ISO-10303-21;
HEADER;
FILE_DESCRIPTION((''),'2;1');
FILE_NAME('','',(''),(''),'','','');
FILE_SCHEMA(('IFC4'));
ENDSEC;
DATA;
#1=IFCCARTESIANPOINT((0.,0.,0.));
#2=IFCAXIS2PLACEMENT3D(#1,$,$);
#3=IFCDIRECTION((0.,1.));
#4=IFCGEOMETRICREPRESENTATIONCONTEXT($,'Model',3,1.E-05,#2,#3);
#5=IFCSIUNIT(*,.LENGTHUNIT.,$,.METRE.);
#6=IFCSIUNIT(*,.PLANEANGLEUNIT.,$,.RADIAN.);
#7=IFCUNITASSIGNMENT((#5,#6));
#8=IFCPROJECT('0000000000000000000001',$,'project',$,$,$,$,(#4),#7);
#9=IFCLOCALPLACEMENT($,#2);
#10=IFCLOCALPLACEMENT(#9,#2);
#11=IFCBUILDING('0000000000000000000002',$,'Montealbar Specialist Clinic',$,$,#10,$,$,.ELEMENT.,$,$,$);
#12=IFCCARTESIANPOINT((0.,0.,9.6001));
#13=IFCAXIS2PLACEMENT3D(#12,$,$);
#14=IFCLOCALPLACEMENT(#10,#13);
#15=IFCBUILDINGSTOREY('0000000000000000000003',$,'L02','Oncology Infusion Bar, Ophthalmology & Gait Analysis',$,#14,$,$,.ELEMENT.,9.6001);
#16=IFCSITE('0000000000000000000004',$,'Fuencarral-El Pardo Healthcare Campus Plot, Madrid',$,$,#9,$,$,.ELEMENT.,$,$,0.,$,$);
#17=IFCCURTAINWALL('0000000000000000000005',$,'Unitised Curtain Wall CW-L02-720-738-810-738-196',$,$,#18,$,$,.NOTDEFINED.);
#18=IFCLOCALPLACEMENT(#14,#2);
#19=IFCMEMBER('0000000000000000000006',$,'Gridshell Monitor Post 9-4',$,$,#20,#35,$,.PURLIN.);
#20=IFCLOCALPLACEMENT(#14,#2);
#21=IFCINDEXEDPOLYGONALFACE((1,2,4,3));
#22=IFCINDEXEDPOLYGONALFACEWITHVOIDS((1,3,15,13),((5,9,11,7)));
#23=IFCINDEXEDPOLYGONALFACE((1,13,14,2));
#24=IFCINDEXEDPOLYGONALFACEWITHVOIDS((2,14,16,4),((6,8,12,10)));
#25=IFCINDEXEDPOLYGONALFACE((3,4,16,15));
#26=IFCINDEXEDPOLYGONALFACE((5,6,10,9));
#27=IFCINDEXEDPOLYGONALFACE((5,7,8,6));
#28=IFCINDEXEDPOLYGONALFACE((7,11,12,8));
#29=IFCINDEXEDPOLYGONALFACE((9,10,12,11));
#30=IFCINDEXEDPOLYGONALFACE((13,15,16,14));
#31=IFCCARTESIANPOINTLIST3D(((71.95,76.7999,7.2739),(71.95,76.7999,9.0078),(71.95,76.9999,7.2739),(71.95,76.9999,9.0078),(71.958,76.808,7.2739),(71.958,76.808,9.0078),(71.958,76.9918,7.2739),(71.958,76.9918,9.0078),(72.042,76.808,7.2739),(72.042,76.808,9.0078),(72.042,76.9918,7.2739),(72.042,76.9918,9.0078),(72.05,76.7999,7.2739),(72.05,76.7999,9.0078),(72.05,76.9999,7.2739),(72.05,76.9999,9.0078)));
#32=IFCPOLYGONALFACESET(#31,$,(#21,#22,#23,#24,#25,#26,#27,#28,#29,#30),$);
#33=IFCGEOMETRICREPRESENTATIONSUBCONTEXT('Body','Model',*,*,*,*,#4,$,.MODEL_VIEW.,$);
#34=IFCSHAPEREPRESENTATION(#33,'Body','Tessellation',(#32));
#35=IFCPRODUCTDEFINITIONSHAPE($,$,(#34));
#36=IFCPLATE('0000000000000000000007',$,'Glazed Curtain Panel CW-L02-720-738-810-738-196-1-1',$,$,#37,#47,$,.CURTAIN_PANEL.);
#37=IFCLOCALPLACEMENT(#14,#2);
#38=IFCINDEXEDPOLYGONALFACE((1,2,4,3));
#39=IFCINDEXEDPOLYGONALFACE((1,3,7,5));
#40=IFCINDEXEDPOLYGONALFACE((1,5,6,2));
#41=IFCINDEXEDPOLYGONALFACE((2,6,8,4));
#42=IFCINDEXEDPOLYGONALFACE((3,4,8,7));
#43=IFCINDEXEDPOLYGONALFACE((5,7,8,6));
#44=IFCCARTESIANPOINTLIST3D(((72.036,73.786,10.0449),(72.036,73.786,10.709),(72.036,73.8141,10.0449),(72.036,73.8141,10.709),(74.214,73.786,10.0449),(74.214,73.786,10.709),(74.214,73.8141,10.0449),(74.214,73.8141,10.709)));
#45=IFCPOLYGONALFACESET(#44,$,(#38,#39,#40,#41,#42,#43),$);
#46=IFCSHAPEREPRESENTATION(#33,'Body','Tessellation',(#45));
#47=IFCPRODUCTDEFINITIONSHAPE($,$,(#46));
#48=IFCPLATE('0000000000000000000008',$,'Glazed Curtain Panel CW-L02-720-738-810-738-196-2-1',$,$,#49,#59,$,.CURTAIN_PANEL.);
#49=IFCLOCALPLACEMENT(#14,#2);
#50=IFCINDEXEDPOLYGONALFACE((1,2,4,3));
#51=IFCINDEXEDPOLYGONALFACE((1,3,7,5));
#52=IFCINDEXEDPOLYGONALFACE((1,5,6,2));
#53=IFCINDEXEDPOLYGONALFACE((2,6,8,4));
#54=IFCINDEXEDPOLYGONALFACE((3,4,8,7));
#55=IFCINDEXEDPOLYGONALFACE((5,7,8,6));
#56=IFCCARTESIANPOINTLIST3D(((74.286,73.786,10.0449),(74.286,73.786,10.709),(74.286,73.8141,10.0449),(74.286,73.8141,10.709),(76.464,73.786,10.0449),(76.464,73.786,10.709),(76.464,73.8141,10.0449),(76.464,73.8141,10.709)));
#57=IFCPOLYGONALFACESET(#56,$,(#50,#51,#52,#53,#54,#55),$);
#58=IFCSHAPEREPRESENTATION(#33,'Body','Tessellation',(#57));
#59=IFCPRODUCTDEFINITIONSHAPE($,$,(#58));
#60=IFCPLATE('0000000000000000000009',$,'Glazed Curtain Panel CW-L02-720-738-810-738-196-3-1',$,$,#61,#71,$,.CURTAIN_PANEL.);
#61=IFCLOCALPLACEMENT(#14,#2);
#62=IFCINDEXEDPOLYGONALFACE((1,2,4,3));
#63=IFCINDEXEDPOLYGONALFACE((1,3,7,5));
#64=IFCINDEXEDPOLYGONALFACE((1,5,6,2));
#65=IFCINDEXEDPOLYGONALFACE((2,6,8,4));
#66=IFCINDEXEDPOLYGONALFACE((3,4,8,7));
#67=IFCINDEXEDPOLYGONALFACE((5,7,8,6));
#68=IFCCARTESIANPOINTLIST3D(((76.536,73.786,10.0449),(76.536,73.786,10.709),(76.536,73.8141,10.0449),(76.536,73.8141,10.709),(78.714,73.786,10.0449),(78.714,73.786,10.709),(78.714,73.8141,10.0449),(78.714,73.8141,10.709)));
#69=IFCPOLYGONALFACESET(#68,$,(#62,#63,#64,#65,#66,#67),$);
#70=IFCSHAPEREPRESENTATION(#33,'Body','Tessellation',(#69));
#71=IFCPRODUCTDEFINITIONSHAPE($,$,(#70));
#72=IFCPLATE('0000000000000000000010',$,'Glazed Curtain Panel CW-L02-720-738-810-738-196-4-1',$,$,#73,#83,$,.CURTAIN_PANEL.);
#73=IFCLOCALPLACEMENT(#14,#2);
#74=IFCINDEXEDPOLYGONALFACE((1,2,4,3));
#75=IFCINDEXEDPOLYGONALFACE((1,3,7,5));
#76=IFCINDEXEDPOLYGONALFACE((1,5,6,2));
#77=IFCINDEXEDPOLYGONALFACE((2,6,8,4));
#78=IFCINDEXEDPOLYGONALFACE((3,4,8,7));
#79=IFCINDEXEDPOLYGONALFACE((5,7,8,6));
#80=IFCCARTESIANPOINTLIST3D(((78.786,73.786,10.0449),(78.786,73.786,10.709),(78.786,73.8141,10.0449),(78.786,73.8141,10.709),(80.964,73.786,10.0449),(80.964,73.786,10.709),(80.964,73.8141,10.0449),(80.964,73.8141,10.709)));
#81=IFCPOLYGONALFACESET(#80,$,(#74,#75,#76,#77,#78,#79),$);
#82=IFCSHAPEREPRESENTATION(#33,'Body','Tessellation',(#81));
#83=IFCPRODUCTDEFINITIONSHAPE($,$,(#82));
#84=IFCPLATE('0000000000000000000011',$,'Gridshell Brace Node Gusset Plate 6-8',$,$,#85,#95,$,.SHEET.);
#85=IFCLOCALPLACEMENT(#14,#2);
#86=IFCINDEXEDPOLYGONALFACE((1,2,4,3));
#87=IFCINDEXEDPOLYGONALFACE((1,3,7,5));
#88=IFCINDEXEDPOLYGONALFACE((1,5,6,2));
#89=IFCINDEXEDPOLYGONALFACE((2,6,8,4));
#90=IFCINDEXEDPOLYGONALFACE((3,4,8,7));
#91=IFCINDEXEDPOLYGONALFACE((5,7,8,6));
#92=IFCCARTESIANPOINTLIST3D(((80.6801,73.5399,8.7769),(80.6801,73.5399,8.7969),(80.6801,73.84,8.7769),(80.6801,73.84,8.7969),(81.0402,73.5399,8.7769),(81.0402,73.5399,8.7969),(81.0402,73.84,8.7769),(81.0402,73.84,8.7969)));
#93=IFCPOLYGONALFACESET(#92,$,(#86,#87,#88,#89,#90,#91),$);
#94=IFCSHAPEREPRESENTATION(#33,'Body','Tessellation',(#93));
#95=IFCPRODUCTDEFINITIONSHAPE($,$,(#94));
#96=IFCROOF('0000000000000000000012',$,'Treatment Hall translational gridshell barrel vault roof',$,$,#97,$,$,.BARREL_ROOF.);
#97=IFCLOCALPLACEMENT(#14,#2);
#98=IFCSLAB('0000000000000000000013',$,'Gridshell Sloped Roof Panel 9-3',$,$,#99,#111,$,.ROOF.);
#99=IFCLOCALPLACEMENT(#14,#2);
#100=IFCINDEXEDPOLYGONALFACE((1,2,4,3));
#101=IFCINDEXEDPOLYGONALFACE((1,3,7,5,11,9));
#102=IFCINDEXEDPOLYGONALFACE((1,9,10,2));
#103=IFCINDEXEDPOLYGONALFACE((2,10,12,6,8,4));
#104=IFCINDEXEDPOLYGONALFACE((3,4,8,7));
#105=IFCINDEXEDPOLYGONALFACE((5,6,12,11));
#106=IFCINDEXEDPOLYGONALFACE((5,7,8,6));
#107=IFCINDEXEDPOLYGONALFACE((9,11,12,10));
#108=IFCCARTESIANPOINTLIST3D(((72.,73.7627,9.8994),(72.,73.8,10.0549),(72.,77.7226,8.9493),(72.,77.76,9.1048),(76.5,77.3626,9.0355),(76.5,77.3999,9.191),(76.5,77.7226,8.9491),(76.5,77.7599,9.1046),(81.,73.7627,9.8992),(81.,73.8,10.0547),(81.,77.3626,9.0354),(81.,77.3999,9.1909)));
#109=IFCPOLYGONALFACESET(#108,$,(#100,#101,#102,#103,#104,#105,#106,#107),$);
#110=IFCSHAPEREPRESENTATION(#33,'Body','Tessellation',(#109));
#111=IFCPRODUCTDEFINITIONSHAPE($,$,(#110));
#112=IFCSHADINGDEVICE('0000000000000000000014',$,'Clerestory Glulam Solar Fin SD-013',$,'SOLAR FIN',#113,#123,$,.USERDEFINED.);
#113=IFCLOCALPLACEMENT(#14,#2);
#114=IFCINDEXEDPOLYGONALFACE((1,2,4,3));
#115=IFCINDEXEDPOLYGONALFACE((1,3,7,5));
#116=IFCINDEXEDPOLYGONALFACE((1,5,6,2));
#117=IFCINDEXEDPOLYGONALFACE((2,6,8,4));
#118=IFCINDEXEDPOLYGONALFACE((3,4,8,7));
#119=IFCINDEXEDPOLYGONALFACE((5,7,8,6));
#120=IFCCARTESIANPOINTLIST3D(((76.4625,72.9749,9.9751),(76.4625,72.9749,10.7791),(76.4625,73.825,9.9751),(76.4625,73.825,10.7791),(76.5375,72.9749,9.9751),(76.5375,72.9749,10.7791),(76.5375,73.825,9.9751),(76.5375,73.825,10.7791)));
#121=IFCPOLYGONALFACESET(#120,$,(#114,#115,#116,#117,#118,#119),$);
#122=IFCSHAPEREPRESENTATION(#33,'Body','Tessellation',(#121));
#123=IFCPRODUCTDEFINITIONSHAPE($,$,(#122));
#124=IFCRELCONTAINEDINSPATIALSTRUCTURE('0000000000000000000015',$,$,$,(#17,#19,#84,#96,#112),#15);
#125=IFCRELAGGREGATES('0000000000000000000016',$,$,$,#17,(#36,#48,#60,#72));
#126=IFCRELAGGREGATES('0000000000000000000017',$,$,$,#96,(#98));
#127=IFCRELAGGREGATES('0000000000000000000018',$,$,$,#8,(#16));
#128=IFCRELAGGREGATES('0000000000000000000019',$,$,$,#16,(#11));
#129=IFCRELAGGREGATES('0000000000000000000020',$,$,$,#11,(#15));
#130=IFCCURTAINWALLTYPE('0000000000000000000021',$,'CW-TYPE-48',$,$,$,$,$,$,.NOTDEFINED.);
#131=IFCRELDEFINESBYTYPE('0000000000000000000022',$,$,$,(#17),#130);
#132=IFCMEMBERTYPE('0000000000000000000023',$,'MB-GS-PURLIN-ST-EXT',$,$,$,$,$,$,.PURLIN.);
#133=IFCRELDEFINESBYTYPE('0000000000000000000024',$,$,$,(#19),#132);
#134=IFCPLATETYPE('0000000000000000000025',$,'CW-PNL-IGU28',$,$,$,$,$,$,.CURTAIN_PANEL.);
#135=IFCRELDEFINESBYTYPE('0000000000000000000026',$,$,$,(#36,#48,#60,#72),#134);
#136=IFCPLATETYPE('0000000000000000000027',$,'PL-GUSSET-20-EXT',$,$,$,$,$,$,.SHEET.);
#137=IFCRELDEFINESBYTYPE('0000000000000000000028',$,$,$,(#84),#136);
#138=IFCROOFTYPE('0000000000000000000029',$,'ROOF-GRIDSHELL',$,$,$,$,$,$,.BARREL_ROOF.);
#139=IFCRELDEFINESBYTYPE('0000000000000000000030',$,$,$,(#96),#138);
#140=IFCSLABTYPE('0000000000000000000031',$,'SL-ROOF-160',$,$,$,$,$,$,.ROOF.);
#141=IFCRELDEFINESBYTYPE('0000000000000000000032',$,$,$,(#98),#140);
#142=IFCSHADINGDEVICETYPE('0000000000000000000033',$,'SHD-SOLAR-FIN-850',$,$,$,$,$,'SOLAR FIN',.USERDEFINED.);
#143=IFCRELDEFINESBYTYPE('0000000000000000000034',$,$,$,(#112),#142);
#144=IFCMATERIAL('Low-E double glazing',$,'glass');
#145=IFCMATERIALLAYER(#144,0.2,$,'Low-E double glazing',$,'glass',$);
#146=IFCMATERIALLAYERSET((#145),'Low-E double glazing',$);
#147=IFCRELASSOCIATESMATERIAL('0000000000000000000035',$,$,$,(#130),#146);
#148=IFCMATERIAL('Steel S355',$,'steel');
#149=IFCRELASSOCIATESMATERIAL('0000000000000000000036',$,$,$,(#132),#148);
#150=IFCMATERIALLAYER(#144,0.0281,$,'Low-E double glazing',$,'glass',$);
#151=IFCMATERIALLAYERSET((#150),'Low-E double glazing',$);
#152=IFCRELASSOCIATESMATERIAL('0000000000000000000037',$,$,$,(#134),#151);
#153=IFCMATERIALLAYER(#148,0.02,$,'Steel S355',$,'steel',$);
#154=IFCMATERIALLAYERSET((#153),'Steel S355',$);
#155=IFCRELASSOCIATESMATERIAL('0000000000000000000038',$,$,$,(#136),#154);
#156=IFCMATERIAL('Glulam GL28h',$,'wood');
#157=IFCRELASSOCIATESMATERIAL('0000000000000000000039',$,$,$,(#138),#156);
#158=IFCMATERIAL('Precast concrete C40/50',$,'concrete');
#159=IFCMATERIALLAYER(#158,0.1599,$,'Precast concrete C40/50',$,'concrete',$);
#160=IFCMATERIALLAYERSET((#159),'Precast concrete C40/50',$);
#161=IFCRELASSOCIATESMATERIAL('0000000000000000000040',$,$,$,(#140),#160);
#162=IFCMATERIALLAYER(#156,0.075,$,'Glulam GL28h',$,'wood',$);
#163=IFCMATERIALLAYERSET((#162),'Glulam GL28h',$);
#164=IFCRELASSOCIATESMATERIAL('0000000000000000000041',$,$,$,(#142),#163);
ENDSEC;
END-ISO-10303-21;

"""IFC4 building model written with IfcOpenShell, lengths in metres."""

from ifc_helpers import new_model, si_unit, direction, frame, origin, origin_2d, place, context, subcontext, project, spatial, polyline, rectangle, hollow_rectangle, outline, extrude, material, layer, layer_set, material_profile, profile_set, type_object, element, aggregate, save


model = new_model("IFC4")

# Units and contexts
model_context = context("Model", 3, precision=1e-05, world=origin(), true_north=direction((0.0, 1.0)))
body_context = subcontext(model_context, "Body", "Model", "MODEL_VIEW")
ifc_project = project(units=[si_unit("LENGTHUNIT", "METRE"), si_unit("PLANEANGLEUNIT", "RADIAN")], contexts=[model_context])

# Site, building, storey
site_placement = place(None, origin())
site = spatial("IfcSite", under=ifc_project, at=site_placement, Name="Fuencarral-El Pardo Healthcare Campus Plot, Madrid", CompositionType="ELEMENT", RefElevation=0.0)
building_placement = place(site_placement, origin())
building = spatial("IfcBuilding", under=site, at=building_placement, Name="Montealbar Specialist Clinic", CompositionType="ELEMENT")
storey_placement = place(building_placement, frame((0.0, 0.0, 9.6001)))
storey = spatial("IfcBuildingStorey", under=building, at=storey_placement, Name="L02", Description="Oncology Infusion Bar, Ophthalmology & Gait Analysis", CompositionType="ELEMENT", Elevation=9.6001)

# Shared definitions
ifc_material_1 = material(Name="Steel S355", Category="steel")
ifc_material_2 = material(Name="Glulam GL28h", Category="wood")

# Curtain wall
ifc_material_3 = material(Name="Low-E double glazing", Category="glass")
ifc_layer_1 = layer(ifc_material_3, 0.2, Name="Low-E double glazing", Category="glass")
ifc_layer_set_1 = layer_set([ifc_layer_1], Name="Low-E double glazing")
curtain_wall_type = type_object("IfcCurtainWallType", Name="CW-TYPE-48", PredefinedType="NOTDEFINED", material=ifc_layer_set_1)
curtain_wall_placement = place(storey_placement, origin())
curtain_wall = element("IfcCurtainWall", 1, at=curtain_wall_placement, inside=storey, type_object=curtain_wall_type, Name="Unitised Curtain Wall CW-L02-720-738-810-738-196", PredefinedType="NOTDEFINED")

# Member
ifc_material_profile_1 = material_profile(ifc_material_1, hollow_rectangle(XDim=0.1001, YDim=0.2, WallThickness=0.0081, at=origin_2d()), Name="RHS 200x100x8", Category="steel")
ifc_profile_set_1 = profile_set([ifc_material_profile_1], Name="Steel S355")
member_type_1 = type_object("IfcMemberType", Name="MB-GS-PURLIN-ST-EXT", PredefinedType="PURLIN", material=ifc_profile_set_1)
member_1_placement = place(storey_placement, frame((72.0, 76.8999, 7.2739), z_axis=(0.0, 0.0, 1.0), x_axis=(1.0, 0.0, 0.0)))
element("IfcMember", 2, at=member_1_placement, inside=storey, type_object=member_type_1, Name="Gridshell Monitor Post 9-4", PredefinedType="PURLIN", context=body_context, shape_type="SweptSolid", body=[
    extrude(hollow_rectangle(XDim=0.1001, YDim=0.2, WallThickness=0.0081, at=origin_2d()), origin(), (0.0, 0.0, 1.0), 1.7339),
])

# Plates
ifc_layer_2 = layer(ifc_material_3, 0.0281, Name="Low-E double glazing", Category="glass")
ifc_layer_set_2 = layer_set([ifc_layer_2], Name="Low-E double glazing")
plate_type_1 = type_object("IfcPlateType", Name="CW-PNL-IGU28", PredefinedType="CURTAIN_PANEL", material=ifc_layer_set_2)
plate_1_placement = place(storey_placement, frame((73.125, 73.8, 10.0449), z_axis=(0.0, 0.0, 1.0), x_axis=(1.0, 0.0, 0.0)))
plate_1 = element("IfcPlate", 3, at=plate_1_placement, type_object=plate_type_1, Name="Glazed Curtain Panel CW-L02-720-738-810-738-196-1-1", PredefinedType="CURTAIN_PANEL", context=body_context, shape_type="SweptSolid", body=[
    extrude(rectangle(XDim=2.178, YDim=0.0281, at=origin_2d()), origin(), (0.0, 0.0, 1.0), 0.6641),
])
plate_2_placement = place(storey_placement, frame((75.375, 73.8, 10.0449), z_axis=(0.0, 0.0, 1.0), x_axis=(1.0, 0.0, 0.0)))
plate_2 = element("IfcPlate", 4, at=plate_2_placement, type_object=plate_type_1, Name="Glazed Curtain Panel CW-L02-720-738-810-738-196-2-1", PredefinedType="CURTAIN_PANEL", context=body_context, shape_type="SweptSolid", body=[
    extrude(rectangle(XDim=2.178, YDim=0.0281, at=origin_2d()), origin(), (0.0, 0.0, 1.0), 0.6641),
])
plate_3_placement = place(storey_placement, frame((77.625, 73.8, 10.0449), z_axis=(0.0, 0.0, 1.0), x_axis=(1.0, 0.0, 0.0)))
plate_3 = element("IfcPlate", 5, at=plate_3_placement, type_object=plate_type_1, Name="Glazed Curtain Panel CW-L02-720-738-810-738-196-3-1", PredefinedType="CURTAIN_PANEL", context=body_context, shape_type="SweptSolid", body=[
    extrude(rectangle(XDim=2.178, YDim=0.0281, at=origin_2d()), origin(), (0.0, 0.0, 1.0), 0.6641),
])
plate_4_placement = place(storey_placement, frame((79.875, 73.8, 10.0449), z_axis=(0.0, 0.0, 1.0), x_axis=(1.0, 0.0, 0.0)))
plate_4 = element("IfcPlate", 6, at=plate_4_placement, type_object=plate_type_1, Name="Glazed Curtain Panel CW-L02-720-738-810-738-196-4-1", PredefinedType="CURTAIN_PANEL", context=body_context, shape_type="SweptSolid", body=[
    extrude(rectangle(XDim=2.178, YDim=0.0281, at=origin_2d()), origin(), (0.0, 0.0, 1.0), 0.6641),
])
aggregate(curtain_wall, [plate_1, plate_2, plate_3, plate_4])
ifc_layer_3 = layer(ifc_material_1, 0.02, Name="Steel S355", Category="steel")
ifc_layer_set_3 = layer_set([ifc_layer_3], Name="Steel S355")
plate_type_2 = type_object("IfcPlateType", Name="PL-GUSSET-20-EXT", PredefinedType="SHEET", material=ifc_layer_set_3)
plate_5_placement = place(storey_placement, frame((80.8601, 73.6899, 8.7769), z_axis=(0.0, 0.0, 1.0), x_axis=(1.0, 0.0, 0.0)))
element("IfcPlate", 7, at=plate_5_placement, inside=storey, type_object=plate_type_2, Name="Gridshell Brace Node Gusset Plate 6-8", PredefinedType="SHEET", context=body_context, shape_type="SweptSolid", body=[
    extrude(rectangle(XDim=0.3601, YDim=0.3, at=origin_2d()), origin(), (0.0, 0.0, 1.0), 0.02),
])

# Roof, slab
roof_type = type_object("IfcRoofType", Name="ROOF-GRIDSHELL", PredefinedType="BARREL_ROOF", material=ifc_material_2)
roof_placement = place(storey_placement, origin())
roof = element("IfcRoof", 8, at=roof_placement, inside=storey, type_object=roof_type, Name="Treatment Hall translational gridshell barrel vault roof", PredefinedType="BARREL_ROOF")
ifc_material_4 = material(Name="Precast concrete C40/50", Category="concrete")
ifc_layer_4 = layer(ifc_material_4, 0.1599, Name="Precast concrete C40/50", Category="concrete")
ifc_layer_set_4 = layer_set([ifc_layer_4], Name="Precast concrete C40/50")
slab_type = type_object("IfcSlabType", Name="SL-ROOF-160", PredefinedType="ROOF", material=ifc_layer_set_4)
slab_placement = place(storey_placement, frame((72.0, 73.8, 10.0549), z_axis=(0.000025, 0.233325, 0.972399), x_axis=(1.0, -0.000006, -0.000025)))
slab = element("IfcSlab", 9, at=slab_placement, type_object=slab_type, Name="Gridshell Sloped Roof Panel 9-3", PredefinedType="ROOF", context=body_context, shape_type="SweptSolid", body=[
    extrude(outline(polyline([(0.0, 0.0), (9.0, 0.0), (9.0, 3.7021), (4.5, 3.7021), (4.5, 4.0723), (0.0, 4.0723), (0.0, 0.0)])), origin(), (0.0, 0.0, -1.0), 0.1599),
])
aggregate(roof, [slab])

# Shading device
ifc_layer_5 = layer(ifc_material_2, 0.075, Name="Glulam GL28h", Category="wood")
ifc_layer_set_5 = layer_set([ifc_layer_5], Name="Glulam GL28h")
shading_device_type = type_object("IfcShadingDeviceType", Name="SHD-SOLAR-FIN-850", ElementType="SOLAR FIN", PredefinedType="USERDEFINED", material=ifc_layer_set_5)
shading_device_placement = place(storey_placement, frame((76.5, 73.3999, 9.9751), z_axis=(0.0, 0.0, 1.0), x_axis=(0.0, -1.0, 0.0)))
element("IfcShadingDevice", 10, at=shading_device_placement, inside=storey, type_object=shading_device_type, Name="Clerestory Glulam Solar Fin SD-013", ObjectType="SOLAR FIN", PredefinedType="USERDEFINED", context=body_context, shape_type="SweptSolid", body=[
    extrude(rectangle(XDim=0.8501, YDim=0.075, at=origin_2d()), origin(), (0.0, 0.0, 1.0), 0.804),
])

save(model, "model.ifc")
